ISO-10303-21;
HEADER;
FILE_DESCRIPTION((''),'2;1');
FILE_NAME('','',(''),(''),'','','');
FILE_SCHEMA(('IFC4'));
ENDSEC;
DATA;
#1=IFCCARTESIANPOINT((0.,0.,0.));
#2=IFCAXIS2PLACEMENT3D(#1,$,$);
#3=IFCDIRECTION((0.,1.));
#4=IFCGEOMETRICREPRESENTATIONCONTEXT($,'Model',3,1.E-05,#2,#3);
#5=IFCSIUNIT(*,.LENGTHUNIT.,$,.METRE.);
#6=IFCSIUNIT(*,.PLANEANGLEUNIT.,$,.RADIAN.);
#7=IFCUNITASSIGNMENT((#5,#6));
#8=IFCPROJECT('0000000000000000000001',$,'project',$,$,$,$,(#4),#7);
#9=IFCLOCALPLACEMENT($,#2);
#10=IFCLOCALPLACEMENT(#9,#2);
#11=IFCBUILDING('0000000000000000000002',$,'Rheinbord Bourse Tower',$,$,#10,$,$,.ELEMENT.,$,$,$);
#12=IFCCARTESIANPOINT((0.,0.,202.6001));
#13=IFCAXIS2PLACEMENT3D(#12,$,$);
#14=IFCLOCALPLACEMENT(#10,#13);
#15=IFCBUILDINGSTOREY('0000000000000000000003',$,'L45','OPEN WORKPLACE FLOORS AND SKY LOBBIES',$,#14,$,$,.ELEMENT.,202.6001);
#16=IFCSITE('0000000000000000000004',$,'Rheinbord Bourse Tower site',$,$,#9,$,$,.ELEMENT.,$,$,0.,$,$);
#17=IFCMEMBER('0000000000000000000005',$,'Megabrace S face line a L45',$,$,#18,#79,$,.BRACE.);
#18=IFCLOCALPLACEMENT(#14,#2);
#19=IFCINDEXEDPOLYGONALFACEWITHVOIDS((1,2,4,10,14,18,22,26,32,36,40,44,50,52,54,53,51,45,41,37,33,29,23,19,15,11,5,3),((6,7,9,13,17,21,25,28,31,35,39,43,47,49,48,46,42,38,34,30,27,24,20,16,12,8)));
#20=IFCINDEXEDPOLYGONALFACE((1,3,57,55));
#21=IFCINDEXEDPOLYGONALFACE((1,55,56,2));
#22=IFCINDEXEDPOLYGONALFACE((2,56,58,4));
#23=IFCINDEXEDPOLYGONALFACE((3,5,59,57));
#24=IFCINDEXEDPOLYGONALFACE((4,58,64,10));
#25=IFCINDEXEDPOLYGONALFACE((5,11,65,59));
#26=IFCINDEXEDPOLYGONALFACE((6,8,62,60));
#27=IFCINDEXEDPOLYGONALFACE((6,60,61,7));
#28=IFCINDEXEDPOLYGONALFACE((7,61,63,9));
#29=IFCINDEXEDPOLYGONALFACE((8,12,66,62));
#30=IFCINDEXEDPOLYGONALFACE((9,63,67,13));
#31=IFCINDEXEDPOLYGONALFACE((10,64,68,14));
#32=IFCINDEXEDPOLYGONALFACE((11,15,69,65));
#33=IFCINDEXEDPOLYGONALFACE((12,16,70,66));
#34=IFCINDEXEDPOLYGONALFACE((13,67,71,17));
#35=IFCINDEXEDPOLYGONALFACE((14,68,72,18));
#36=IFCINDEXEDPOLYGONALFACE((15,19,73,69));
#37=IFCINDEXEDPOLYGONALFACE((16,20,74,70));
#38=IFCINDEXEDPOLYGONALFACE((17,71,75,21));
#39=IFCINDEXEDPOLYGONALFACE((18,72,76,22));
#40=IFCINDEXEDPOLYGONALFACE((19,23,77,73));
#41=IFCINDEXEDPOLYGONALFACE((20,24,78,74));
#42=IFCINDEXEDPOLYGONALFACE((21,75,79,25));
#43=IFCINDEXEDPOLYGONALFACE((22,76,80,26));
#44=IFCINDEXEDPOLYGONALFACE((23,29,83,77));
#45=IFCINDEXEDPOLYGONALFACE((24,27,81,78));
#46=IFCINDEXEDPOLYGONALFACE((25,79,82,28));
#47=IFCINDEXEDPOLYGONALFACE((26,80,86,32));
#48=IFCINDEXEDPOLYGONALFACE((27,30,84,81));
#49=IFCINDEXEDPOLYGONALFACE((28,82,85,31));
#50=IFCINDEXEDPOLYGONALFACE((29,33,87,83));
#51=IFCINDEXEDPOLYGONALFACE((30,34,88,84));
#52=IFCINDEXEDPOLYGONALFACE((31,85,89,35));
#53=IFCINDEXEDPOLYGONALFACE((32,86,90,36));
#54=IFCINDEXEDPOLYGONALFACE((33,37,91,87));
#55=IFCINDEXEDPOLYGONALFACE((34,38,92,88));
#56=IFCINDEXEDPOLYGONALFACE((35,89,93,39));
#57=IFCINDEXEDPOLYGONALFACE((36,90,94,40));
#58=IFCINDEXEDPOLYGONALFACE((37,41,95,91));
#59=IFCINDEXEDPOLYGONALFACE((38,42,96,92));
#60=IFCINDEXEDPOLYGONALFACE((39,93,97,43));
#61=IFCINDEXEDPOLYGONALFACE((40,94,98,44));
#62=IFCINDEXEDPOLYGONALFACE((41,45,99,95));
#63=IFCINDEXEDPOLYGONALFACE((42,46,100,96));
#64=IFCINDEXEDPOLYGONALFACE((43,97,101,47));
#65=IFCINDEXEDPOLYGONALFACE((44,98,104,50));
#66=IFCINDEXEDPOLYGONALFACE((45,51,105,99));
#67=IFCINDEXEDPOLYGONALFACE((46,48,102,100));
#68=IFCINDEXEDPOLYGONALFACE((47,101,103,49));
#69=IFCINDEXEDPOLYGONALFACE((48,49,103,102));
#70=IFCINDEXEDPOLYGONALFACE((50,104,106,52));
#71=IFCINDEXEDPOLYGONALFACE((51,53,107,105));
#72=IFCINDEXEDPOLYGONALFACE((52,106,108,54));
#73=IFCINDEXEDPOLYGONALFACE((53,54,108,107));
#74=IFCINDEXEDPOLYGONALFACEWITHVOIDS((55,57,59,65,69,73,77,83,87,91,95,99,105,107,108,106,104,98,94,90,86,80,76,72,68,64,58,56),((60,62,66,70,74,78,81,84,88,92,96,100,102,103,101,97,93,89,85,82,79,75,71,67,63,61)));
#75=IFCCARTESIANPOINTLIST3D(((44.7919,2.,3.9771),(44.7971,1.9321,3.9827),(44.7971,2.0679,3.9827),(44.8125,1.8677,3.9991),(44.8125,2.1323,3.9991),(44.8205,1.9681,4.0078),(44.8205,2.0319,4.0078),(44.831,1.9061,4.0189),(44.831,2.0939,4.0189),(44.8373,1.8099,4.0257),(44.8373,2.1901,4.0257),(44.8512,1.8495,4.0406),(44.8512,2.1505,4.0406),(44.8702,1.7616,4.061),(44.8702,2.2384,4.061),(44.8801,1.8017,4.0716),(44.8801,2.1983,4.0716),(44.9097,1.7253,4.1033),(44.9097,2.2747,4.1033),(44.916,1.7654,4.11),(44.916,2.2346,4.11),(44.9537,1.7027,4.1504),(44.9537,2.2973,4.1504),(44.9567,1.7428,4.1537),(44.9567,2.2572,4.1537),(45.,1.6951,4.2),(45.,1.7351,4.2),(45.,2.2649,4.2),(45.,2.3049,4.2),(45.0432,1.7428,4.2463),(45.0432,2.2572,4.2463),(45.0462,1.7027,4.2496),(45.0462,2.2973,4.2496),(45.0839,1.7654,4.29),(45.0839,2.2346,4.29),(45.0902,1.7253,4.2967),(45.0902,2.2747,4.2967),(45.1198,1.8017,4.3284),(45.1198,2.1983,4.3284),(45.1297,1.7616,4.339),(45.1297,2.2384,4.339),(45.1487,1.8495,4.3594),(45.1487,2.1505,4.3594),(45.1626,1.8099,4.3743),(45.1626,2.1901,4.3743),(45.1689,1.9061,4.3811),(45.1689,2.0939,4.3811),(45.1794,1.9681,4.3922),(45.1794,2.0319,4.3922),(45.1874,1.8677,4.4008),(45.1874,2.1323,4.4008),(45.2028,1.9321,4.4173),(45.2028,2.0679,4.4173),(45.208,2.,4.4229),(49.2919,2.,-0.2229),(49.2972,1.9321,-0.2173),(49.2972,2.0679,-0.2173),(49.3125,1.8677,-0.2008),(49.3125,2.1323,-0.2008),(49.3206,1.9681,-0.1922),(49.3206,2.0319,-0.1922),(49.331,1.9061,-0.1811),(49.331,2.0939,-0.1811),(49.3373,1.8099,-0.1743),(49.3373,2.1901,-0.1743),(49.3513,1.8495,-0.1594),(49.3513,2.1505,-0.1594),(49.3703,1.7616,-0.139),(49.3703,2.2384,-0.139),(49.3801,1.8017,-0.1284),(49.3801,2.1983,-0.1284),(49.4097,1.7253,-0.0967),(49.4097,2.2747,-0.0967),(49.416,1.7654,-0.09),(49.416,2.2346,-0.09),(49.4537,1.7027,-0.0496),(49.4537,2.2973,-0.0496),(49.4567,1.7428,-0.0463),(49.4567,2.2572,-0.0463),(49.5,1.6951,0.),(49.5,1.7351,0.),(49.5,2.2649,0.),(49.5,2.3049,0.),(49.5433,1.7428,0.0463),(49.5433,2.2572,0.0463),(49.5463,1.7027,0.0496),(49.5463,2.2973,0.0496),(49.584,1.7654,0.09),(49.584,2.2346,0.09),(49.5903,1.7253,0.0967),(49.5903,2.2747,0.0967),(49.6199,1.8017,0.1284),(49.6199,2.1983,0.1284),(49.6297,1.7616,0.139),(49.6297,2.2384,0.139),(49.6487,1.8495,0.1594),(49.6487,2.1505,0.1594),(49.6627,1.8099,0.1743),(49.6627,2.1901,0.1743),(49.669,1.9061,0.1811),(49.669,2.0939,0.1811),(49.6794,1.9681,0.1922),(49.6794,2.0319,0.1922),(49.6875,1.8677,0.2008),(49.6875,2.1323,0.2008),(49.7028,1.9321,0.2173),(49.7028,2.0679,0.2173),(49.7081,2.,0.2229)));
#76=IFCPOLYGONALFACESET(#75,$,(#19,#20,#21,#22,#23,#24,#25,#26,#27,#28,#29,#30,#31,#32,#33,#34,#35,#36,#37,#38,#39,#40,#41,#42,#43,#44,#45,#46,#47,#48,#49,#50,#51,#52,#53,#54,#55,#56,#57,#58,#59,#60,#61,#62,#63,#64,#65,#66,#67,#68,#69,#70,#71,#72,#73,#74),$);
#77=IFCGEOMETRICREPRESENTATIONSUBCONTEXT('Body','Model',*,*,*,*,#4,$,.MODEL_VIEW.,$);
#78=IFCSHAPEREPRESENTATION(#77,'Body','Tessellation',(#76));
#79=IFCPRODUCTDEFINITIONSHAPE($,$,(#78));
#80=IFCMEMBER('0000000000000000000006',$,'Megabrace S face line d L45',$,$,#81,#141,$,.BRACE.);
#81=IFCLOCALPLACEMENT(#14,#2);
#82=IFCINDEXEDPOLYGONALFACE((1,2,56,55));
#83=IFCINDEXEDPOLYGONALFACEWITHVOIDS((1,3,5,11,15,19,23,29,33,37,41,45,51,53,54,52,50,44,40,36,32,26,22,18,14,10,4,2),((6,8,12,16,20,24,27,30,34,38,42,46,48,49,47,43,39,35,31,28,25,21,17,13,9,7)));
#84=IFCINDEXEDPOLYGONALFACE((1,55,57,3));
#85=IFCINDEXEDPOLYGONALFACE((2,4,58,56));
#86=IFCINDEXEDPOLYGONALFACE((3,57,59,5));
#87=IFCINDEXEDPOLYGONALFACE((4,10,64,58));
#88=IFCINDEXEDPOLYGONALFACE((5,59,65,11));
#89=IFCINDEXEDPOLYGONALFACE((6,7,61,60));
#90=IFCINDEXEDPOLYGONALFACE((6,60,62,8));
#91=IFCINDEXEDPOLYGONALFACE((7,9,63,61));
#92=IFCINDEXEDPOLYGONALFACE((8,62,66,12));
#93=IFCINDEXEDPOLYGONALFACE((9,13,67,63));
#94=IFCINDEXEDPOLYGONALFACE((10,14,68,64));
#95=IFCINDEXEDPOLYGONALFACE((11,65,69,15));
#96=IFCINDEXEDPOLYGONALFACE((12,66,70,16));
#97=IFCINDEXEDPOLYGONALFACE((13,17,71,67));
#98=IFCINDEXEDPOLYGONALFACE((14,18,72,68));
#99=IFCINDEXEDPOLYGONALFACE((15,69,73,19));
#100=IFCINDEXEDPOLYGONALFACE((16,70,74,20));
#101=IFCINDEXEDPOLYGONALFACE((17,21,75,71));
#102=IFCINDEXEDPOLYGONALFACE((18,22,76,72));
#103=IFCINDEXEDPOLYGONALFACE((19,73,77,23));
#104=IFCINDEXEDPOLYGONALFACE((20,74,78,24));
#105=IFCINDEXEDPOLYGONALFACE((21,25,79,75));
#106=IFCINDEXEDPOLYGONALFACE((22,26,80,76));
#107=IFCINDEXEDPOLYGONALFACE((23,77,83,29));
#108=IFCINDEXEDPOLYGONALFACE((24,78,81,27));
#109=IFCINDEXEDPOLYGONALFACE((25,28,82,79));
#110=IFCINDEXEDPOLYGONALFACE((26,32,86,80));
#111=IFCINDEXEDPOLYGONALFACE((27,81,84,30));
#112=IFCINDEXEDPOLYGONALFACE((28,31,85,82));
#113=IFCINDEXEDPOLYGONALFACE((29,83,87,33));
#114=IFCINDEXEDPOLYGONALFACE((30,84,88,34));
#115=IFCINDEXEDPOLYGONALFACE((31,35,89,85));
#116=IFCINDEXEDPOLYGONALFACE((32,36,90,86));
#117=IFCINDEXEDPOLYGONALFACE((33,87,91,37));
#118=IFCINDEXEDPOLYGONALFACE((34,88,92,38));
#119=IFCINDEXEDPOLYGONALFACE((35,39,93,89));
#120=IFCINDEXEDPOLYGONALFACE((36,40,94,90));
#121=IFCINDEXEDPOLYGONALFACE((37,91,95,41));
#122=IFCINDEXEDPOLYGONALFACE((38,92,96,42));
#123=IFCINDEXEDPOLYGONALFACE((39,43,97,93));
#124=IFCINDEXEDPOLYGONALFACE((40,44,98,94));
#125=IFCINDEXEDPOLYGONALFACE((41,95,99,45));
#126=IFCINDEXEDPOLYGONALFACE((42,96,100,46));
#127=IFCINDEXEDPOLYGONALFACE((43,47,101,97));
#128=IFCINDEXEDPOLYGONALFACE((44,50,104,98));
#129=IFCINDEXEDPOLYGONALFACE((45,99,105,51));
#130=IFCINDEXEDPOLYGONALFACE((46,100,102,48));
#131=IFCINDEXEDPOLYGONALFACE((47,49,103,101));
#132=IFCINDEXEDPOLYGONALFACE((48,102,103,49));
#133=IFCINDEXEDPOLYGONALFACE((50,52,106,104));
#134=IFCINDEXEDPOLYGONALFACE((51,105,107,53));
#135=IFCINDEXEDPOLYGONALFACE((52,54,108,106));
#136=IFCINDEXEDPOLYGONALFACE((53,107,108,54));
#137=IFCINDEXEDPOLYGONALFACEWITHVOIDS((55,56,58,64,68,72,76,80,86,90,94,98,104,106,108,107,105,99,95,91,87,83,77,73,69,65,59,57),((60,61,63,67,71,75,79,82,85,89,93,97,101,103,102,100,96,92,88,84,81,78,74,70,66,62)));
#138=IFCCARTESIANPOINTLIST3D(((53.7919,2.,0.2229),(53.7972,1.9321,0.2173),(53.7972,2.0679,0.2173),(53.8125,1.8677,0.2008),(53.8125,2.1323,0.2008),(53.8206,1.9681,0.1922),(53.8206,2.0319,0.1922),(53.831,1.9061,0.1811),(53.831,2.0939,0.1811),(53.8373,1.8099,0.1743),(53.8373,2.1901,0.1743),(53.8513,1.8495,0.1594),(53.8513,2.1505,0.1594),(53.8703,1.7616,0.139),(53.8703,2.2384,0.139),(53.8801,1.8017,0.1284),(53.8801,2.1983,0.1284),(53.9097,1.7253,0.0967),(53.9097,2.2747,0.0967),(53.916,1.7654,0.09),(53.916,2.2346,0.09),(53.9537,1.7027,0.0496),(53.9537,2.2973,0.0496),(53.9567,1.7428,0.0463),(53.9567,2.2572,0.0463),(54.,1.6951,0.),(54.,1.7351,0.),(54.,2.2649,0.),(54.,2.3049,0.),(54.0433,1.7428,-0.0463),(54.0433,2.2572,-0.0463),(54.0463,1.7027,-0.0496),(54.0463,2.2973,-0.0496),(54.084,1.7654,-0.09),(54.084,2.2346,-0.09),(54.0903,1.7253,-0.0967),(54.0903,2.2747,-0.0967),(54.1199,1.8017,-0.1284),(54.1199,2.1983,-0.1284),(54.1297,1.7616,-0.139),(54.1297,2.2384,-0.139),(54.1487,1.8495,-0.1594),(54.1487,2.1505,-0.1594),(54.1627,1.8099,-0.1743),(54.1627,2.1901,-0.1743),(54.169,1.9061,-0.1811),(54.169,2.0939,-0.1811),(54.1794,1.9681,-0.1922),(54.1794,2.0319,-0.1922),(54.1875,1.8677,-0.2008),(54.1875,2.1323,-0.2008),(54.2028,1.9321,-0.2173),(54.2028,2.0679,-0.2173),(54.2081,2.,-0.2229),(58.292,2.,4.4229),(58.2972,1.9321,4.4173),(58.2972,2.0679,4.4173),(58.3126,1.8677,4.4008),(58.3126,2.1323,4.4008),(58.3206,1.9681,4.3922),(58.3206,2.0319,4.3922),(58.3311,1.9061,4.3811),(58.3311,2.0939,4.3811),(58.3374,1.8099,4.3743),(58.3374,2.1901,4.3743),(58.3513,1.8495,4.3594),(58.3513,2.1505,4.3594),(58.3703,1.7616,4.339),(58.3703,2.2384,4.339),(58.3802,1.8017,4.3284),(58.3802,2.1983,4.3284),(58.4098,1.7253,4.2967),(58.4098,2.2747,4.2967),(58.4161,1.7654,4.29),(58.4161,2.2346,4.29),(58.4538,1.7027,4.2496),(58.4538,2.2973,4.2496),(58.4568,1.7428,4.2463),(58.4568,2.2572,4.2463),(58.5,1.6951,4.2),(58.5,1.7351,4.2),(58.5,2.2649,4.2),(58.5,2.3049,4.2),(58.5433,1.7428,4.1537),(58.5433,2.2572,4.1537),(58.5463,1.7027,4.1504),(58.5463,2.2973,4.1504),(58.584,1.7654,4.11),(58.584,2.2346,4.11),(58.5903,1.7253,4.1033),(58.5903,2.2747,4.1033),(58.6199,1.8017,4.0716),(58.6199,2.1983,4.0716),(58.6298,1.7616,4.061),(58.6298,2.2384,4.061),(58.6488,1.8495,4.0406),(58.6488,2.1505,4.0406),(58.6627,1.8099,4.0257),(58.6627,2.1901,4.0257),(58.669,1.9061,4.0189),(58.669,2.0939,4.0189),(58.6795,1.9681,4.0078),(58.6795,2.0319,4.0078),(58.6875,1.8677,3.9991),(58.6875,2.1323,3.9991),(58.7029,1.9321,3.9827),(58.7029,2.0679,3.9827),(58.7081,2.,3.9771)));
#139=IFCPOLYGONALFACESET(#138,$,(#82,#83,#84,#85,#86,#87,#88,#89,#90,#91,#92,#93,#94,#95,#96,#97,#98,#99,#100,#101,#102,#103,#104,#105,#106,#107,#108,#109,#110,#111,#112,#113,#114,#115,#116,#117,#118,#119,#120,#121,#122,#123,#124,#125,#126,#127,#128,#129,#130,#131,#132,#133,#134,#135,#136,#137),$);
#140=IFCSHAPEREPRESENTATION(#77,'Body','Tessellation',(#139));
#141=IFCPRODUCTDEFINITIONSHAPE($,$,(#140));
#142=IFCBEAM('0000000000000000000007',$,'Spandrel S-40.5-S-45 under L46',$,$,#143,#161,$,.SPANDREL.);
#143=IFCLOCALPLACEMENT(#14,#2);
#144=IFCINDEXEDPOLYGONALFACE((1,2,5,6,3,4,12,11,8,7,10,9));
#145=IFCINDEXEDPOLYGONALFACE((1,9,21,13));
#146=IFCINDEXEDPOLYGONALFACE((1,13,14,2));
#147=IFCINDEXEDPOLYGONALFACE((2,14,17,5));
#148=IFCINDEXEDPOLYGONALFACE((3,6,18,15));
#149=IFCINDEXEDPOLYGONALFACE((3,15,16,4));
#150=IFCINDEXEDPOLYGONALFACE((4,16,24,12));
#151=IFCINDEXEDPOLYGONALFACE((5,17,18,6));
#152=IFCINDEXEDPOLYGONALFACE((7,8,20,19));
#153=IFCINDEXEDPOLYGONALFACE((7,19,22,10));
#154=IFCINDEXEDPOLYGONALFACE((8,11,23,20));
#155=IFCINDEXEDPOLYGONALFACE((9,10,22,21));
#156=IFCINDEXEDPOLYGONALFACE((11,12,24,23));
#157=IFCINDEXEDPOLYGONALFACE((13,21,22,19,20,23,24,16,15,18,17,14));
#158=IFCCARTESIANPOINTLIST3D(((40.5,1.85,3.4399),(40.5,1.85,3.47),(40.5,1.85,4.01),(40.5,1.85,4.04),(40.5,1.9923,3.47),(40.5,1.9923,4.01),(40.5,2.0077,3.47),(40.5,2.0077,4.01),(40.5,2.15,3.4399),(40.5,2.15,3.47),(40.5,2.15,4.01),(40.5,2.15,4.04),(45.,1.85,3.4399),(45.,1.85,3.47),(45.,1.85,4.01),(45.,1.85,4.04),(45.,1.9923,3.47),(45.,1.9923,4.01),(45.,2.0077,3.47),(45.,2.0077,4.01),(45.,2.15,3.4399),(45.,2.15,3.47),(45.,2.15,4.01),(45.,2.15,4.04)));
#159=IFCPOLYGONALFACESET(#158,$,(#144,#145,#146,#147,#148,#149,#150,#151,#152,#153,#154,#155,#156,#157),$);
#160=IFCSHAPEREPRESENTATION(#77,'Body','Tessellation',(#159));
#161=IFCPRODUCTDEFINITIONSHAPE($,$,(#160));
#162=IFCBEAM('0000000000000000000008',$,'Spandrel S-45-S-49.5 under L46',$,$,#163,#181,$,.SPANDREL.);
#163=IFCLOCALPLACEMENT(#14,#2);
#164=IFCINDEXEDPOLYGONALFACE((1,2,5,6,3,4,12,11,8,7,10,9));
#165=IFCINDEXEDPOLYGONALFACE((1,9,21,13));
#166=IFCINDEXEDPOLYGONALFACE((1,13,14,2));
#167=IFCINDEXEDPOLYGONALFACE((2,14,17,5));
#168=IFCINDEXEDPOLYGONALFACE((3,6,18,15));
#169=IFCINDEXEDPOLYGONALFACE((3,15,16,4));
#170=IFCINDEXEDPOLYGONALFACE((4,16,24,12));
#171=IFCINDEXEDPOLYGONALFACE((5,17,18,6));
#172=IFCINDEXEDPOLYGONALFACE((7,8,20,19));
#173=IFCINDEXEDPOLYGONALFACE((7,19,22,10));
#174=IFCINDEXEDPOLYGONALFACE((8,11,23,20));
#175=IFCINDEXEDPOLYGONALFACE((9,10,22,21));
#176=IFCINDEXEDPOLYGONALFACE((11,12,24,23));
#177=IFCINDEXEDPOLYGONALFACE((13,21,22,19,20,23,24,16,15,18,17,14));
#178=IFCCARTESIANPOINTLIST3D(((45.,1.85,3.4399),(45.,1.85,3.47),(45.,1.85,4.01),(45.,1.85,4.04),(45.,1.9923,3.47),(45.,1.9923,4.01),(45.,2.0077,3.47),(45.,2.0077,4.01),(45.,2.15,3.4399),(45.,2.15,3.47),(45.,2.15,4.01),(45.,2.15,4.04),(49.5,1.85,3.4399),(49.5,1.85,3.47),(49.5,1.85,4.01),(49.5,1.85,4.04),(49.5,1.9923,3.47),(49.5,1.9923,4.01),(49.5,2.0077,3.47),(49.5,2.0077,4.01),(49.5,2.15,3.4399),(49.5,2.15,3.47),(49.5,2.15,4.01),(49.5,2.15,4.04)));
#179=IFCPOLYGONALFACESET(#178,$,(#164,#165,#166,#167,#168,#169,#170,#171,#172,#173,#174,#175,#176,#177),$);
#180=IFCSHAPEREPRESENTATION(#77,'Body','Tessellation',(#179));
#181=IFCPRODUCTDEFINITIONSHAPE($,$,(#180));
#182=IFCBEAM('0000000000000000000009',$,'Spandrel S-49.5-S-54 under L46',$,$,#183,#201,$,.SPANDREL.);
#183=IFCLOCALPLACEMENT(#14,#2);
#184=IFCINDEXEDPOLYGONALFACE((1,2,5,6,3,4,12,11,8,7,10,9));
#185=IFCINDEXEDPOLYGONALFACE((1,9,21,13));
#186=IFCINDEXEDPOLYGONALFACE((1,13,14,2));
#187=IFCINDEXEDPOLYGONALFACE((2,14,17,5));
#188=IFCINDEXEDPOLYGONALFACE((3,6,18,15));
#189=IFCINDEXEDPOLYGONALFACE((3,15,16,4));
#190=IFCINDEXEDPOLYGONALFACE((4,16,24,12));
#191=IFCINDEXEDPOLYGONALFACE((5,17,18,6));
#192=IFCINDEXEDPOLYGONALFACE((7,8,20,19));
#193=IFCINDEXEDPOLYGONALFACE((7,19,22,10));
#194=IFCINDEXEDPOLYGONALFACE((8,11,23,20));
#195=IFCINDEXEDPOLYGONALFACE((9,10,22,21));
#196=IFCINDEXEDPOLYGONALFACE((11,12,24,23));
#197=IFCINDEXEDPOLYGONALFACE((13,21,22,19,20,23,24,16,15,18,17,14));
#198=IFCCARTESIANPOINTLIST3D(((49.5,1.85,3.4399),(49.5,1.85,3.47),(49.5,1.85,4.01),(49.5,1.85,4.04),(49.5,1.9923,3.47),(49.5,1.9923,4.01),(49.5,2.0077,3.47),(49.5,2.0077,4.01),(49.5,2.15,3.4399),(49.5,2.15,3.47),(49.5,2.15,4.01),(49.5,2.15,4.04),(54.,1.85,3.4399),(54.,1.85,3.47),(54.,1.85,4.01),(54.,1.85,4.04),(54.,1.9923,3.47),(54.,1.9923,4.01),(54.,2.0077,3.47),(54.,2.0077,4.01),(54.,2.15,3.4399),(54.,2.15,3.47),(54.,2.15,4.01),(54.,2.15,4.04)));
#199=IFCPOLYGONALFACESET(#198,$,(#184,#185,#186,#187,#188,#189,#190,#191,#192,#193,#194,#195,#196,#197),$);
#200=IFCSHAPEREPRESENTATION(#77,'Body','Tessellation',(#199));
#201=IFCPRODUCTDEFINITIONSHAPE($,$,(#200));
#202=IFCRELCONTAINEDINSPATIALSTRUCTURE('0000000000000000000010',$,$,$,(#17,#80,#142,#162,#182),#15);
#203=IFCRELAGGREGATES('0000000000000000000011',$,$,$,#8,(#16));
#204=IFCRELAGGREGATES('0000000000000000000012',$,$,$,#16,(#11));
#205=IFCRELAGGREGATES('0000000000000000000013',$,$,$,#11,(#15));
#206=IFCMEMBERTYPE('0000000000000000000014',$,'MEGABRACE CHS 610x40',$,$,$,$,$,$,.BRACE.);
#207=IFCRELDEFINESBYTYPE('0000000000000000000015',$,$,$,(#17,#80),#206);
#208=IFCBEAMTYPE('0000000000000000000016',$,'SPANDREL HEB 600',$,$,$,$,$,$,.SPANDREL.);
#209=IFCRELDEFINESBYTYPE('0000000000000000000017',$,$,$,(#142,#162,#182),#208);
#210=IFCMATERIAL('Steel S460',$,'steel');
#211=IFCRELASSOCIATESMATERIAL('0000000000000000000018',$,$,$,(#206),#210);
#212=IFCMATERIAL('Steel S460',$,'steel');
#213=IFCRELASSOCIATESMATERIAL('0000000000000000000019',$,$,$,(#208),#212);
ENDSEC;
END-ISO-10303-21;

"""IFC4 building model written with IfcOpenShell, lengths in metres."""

from ifc_helpers import new_model, si_unit, direction, frame, origin, origin_2d, place, context, subcontext, project, spatial, hollow_circle, i_section, extrude, material, material_profile, profile_set, type_object, element, save


model = new_model("IFC4")

# Units and contexts
model_context = context("Model", 3, precision=1e-05, world=origin(), true_north=direction((0.0, 1.0)))
body_context = subcontext(model_context, "Body", "Model", "MODEL_VIEW")
ifc_project = project(units=[si_unit("LENGTHUNIT", "METRE"), si_unit("PLANEANGLEUNIT", "RADIAN")], contexts=[model_context])

# Site, building, storey
site_placement = place(None, origin())
site = spatial("IfcSite", under=ifc_project, at=site_placement, Name="Rheinbord Bourse Tower site", CompositionType="ELEMENT", RefElevation=0.0)
building_placement = place(site_placement, origin())
building = spatial("IfcBuilding", under=site, at=building_placement, Name="Rheinbord Bourse Tower", CompositionType="ELEMENT")
storey_placement = place(building_placement, frame((0.0, 0.0, 202.6001)))
storey = spatial("IfcBuildingStorey", under=building, at=storey_placement, Name="L45", Description="OPEN WORKPLACE FLOORS AND SKY LOBBIES", CompositionType="ELEMENT", Elevation=202.6001)

# Members
ifc_material_1 = material(Name="Steel S460", Category="steel")
ifc_material_profile_1 = material_profile(ifc_material_1, hollow_circle(Radius=0.3049, WallThickness=0.04, at=origin_2d()), Name="CHS 610x40")
ifc_profile_set_1 = profile_set([ifc_material_profile_1], Name="Steel S460")
member_type_1 = type_object("IfcMemberType", Name="MEGABRACE CHS 610x40", PredefinedType="BRACE", material=ifc_profile_set_1)
for number, where, z_axis, x_axis, name in (
    (1, (49.5, 2.0, 0.0), (-0.731059, 0.0, 0.682314), (0.0, -1.0, 0.0), "Megabrace S face line a L45"),
    (2, (54.0, 2.0, 0.0), (0.731059, 0.0, 0.682314), (0.0, 1.0, 0.0), "Megabrace S face line d L45"),
):
    element("IfcMember", number, at=place(storey_placement, frame(where, z_axis=z_axis, x_axis=x_axis)), inside=storey, type_object=member_type_1, Name=name, PredefinedType="BRACE", context=body_context, shape_type="SweptSolid", body=[
        extrude(hollow_circle(Radius=0.3049, WallThickness=0.04, at=origin_2d()), origin(), (0.0, 0.0, 1.0), 6.1555),
    ])

# Beams
ifc_material_2 = material(Name="Steel S460", Category="steel")
ifc_material_profile_2 = material_profile(ifc_material_2, i_section(OverallWidth=0.3, OverallDepth=0.6001, WebThickness=0.0154, FlangeThickness=0.03, at=origin_2d()), Name="HEB 600")
ifc_profile_set_2 = profile_set([ifc_material_profile_2], Name="Steel S460")
beam_type_1 = type_object("IfcBeamType", Name="SPANDREL HEB 600", PredefinedType="SPANDREL", material=ifc_profile_set_2)
for number, where, z_axis, x_axis, name in (
    (3, (40.5, 2.0, 3.74), (1.0, 0.0, 0.0), (0.0, 1.0, 0.0), "Spandrel S-40.5-S-45 under L46"),
    (4, (45.0, 2.0, 3.74), (1.0, 0.0, 0.0), (0.0, 1.0, 0.0), "Spandrel S-45-S-49.5 under L46"),
    (5, (49.5, 2.0, 3.74), (1.0, 0.0, 0.0), (0.0, 1.0, 0.0), "Spandrel S-49.5-S-54 under L46"),
):
    element("IfcBeam", number, at=place(storey_placement, frame(where, z_axis=z_axis, x_axis=x_axis)), inside=storey, type_object=beam_type_1, Name=name, PredefinedType="SPANDREL", context=body_context, shape_type="SweptSolid", body=[
        extrude(i_section(OverallWidth=0.3, OverallDepth=0.6001, WebThickness=0.0154, FlangeThickness=0.03, at=origin_2d()), origin(), (0.0, 0.0, 1.0), 4.5),
    ])

save(model, "model.ifc")
